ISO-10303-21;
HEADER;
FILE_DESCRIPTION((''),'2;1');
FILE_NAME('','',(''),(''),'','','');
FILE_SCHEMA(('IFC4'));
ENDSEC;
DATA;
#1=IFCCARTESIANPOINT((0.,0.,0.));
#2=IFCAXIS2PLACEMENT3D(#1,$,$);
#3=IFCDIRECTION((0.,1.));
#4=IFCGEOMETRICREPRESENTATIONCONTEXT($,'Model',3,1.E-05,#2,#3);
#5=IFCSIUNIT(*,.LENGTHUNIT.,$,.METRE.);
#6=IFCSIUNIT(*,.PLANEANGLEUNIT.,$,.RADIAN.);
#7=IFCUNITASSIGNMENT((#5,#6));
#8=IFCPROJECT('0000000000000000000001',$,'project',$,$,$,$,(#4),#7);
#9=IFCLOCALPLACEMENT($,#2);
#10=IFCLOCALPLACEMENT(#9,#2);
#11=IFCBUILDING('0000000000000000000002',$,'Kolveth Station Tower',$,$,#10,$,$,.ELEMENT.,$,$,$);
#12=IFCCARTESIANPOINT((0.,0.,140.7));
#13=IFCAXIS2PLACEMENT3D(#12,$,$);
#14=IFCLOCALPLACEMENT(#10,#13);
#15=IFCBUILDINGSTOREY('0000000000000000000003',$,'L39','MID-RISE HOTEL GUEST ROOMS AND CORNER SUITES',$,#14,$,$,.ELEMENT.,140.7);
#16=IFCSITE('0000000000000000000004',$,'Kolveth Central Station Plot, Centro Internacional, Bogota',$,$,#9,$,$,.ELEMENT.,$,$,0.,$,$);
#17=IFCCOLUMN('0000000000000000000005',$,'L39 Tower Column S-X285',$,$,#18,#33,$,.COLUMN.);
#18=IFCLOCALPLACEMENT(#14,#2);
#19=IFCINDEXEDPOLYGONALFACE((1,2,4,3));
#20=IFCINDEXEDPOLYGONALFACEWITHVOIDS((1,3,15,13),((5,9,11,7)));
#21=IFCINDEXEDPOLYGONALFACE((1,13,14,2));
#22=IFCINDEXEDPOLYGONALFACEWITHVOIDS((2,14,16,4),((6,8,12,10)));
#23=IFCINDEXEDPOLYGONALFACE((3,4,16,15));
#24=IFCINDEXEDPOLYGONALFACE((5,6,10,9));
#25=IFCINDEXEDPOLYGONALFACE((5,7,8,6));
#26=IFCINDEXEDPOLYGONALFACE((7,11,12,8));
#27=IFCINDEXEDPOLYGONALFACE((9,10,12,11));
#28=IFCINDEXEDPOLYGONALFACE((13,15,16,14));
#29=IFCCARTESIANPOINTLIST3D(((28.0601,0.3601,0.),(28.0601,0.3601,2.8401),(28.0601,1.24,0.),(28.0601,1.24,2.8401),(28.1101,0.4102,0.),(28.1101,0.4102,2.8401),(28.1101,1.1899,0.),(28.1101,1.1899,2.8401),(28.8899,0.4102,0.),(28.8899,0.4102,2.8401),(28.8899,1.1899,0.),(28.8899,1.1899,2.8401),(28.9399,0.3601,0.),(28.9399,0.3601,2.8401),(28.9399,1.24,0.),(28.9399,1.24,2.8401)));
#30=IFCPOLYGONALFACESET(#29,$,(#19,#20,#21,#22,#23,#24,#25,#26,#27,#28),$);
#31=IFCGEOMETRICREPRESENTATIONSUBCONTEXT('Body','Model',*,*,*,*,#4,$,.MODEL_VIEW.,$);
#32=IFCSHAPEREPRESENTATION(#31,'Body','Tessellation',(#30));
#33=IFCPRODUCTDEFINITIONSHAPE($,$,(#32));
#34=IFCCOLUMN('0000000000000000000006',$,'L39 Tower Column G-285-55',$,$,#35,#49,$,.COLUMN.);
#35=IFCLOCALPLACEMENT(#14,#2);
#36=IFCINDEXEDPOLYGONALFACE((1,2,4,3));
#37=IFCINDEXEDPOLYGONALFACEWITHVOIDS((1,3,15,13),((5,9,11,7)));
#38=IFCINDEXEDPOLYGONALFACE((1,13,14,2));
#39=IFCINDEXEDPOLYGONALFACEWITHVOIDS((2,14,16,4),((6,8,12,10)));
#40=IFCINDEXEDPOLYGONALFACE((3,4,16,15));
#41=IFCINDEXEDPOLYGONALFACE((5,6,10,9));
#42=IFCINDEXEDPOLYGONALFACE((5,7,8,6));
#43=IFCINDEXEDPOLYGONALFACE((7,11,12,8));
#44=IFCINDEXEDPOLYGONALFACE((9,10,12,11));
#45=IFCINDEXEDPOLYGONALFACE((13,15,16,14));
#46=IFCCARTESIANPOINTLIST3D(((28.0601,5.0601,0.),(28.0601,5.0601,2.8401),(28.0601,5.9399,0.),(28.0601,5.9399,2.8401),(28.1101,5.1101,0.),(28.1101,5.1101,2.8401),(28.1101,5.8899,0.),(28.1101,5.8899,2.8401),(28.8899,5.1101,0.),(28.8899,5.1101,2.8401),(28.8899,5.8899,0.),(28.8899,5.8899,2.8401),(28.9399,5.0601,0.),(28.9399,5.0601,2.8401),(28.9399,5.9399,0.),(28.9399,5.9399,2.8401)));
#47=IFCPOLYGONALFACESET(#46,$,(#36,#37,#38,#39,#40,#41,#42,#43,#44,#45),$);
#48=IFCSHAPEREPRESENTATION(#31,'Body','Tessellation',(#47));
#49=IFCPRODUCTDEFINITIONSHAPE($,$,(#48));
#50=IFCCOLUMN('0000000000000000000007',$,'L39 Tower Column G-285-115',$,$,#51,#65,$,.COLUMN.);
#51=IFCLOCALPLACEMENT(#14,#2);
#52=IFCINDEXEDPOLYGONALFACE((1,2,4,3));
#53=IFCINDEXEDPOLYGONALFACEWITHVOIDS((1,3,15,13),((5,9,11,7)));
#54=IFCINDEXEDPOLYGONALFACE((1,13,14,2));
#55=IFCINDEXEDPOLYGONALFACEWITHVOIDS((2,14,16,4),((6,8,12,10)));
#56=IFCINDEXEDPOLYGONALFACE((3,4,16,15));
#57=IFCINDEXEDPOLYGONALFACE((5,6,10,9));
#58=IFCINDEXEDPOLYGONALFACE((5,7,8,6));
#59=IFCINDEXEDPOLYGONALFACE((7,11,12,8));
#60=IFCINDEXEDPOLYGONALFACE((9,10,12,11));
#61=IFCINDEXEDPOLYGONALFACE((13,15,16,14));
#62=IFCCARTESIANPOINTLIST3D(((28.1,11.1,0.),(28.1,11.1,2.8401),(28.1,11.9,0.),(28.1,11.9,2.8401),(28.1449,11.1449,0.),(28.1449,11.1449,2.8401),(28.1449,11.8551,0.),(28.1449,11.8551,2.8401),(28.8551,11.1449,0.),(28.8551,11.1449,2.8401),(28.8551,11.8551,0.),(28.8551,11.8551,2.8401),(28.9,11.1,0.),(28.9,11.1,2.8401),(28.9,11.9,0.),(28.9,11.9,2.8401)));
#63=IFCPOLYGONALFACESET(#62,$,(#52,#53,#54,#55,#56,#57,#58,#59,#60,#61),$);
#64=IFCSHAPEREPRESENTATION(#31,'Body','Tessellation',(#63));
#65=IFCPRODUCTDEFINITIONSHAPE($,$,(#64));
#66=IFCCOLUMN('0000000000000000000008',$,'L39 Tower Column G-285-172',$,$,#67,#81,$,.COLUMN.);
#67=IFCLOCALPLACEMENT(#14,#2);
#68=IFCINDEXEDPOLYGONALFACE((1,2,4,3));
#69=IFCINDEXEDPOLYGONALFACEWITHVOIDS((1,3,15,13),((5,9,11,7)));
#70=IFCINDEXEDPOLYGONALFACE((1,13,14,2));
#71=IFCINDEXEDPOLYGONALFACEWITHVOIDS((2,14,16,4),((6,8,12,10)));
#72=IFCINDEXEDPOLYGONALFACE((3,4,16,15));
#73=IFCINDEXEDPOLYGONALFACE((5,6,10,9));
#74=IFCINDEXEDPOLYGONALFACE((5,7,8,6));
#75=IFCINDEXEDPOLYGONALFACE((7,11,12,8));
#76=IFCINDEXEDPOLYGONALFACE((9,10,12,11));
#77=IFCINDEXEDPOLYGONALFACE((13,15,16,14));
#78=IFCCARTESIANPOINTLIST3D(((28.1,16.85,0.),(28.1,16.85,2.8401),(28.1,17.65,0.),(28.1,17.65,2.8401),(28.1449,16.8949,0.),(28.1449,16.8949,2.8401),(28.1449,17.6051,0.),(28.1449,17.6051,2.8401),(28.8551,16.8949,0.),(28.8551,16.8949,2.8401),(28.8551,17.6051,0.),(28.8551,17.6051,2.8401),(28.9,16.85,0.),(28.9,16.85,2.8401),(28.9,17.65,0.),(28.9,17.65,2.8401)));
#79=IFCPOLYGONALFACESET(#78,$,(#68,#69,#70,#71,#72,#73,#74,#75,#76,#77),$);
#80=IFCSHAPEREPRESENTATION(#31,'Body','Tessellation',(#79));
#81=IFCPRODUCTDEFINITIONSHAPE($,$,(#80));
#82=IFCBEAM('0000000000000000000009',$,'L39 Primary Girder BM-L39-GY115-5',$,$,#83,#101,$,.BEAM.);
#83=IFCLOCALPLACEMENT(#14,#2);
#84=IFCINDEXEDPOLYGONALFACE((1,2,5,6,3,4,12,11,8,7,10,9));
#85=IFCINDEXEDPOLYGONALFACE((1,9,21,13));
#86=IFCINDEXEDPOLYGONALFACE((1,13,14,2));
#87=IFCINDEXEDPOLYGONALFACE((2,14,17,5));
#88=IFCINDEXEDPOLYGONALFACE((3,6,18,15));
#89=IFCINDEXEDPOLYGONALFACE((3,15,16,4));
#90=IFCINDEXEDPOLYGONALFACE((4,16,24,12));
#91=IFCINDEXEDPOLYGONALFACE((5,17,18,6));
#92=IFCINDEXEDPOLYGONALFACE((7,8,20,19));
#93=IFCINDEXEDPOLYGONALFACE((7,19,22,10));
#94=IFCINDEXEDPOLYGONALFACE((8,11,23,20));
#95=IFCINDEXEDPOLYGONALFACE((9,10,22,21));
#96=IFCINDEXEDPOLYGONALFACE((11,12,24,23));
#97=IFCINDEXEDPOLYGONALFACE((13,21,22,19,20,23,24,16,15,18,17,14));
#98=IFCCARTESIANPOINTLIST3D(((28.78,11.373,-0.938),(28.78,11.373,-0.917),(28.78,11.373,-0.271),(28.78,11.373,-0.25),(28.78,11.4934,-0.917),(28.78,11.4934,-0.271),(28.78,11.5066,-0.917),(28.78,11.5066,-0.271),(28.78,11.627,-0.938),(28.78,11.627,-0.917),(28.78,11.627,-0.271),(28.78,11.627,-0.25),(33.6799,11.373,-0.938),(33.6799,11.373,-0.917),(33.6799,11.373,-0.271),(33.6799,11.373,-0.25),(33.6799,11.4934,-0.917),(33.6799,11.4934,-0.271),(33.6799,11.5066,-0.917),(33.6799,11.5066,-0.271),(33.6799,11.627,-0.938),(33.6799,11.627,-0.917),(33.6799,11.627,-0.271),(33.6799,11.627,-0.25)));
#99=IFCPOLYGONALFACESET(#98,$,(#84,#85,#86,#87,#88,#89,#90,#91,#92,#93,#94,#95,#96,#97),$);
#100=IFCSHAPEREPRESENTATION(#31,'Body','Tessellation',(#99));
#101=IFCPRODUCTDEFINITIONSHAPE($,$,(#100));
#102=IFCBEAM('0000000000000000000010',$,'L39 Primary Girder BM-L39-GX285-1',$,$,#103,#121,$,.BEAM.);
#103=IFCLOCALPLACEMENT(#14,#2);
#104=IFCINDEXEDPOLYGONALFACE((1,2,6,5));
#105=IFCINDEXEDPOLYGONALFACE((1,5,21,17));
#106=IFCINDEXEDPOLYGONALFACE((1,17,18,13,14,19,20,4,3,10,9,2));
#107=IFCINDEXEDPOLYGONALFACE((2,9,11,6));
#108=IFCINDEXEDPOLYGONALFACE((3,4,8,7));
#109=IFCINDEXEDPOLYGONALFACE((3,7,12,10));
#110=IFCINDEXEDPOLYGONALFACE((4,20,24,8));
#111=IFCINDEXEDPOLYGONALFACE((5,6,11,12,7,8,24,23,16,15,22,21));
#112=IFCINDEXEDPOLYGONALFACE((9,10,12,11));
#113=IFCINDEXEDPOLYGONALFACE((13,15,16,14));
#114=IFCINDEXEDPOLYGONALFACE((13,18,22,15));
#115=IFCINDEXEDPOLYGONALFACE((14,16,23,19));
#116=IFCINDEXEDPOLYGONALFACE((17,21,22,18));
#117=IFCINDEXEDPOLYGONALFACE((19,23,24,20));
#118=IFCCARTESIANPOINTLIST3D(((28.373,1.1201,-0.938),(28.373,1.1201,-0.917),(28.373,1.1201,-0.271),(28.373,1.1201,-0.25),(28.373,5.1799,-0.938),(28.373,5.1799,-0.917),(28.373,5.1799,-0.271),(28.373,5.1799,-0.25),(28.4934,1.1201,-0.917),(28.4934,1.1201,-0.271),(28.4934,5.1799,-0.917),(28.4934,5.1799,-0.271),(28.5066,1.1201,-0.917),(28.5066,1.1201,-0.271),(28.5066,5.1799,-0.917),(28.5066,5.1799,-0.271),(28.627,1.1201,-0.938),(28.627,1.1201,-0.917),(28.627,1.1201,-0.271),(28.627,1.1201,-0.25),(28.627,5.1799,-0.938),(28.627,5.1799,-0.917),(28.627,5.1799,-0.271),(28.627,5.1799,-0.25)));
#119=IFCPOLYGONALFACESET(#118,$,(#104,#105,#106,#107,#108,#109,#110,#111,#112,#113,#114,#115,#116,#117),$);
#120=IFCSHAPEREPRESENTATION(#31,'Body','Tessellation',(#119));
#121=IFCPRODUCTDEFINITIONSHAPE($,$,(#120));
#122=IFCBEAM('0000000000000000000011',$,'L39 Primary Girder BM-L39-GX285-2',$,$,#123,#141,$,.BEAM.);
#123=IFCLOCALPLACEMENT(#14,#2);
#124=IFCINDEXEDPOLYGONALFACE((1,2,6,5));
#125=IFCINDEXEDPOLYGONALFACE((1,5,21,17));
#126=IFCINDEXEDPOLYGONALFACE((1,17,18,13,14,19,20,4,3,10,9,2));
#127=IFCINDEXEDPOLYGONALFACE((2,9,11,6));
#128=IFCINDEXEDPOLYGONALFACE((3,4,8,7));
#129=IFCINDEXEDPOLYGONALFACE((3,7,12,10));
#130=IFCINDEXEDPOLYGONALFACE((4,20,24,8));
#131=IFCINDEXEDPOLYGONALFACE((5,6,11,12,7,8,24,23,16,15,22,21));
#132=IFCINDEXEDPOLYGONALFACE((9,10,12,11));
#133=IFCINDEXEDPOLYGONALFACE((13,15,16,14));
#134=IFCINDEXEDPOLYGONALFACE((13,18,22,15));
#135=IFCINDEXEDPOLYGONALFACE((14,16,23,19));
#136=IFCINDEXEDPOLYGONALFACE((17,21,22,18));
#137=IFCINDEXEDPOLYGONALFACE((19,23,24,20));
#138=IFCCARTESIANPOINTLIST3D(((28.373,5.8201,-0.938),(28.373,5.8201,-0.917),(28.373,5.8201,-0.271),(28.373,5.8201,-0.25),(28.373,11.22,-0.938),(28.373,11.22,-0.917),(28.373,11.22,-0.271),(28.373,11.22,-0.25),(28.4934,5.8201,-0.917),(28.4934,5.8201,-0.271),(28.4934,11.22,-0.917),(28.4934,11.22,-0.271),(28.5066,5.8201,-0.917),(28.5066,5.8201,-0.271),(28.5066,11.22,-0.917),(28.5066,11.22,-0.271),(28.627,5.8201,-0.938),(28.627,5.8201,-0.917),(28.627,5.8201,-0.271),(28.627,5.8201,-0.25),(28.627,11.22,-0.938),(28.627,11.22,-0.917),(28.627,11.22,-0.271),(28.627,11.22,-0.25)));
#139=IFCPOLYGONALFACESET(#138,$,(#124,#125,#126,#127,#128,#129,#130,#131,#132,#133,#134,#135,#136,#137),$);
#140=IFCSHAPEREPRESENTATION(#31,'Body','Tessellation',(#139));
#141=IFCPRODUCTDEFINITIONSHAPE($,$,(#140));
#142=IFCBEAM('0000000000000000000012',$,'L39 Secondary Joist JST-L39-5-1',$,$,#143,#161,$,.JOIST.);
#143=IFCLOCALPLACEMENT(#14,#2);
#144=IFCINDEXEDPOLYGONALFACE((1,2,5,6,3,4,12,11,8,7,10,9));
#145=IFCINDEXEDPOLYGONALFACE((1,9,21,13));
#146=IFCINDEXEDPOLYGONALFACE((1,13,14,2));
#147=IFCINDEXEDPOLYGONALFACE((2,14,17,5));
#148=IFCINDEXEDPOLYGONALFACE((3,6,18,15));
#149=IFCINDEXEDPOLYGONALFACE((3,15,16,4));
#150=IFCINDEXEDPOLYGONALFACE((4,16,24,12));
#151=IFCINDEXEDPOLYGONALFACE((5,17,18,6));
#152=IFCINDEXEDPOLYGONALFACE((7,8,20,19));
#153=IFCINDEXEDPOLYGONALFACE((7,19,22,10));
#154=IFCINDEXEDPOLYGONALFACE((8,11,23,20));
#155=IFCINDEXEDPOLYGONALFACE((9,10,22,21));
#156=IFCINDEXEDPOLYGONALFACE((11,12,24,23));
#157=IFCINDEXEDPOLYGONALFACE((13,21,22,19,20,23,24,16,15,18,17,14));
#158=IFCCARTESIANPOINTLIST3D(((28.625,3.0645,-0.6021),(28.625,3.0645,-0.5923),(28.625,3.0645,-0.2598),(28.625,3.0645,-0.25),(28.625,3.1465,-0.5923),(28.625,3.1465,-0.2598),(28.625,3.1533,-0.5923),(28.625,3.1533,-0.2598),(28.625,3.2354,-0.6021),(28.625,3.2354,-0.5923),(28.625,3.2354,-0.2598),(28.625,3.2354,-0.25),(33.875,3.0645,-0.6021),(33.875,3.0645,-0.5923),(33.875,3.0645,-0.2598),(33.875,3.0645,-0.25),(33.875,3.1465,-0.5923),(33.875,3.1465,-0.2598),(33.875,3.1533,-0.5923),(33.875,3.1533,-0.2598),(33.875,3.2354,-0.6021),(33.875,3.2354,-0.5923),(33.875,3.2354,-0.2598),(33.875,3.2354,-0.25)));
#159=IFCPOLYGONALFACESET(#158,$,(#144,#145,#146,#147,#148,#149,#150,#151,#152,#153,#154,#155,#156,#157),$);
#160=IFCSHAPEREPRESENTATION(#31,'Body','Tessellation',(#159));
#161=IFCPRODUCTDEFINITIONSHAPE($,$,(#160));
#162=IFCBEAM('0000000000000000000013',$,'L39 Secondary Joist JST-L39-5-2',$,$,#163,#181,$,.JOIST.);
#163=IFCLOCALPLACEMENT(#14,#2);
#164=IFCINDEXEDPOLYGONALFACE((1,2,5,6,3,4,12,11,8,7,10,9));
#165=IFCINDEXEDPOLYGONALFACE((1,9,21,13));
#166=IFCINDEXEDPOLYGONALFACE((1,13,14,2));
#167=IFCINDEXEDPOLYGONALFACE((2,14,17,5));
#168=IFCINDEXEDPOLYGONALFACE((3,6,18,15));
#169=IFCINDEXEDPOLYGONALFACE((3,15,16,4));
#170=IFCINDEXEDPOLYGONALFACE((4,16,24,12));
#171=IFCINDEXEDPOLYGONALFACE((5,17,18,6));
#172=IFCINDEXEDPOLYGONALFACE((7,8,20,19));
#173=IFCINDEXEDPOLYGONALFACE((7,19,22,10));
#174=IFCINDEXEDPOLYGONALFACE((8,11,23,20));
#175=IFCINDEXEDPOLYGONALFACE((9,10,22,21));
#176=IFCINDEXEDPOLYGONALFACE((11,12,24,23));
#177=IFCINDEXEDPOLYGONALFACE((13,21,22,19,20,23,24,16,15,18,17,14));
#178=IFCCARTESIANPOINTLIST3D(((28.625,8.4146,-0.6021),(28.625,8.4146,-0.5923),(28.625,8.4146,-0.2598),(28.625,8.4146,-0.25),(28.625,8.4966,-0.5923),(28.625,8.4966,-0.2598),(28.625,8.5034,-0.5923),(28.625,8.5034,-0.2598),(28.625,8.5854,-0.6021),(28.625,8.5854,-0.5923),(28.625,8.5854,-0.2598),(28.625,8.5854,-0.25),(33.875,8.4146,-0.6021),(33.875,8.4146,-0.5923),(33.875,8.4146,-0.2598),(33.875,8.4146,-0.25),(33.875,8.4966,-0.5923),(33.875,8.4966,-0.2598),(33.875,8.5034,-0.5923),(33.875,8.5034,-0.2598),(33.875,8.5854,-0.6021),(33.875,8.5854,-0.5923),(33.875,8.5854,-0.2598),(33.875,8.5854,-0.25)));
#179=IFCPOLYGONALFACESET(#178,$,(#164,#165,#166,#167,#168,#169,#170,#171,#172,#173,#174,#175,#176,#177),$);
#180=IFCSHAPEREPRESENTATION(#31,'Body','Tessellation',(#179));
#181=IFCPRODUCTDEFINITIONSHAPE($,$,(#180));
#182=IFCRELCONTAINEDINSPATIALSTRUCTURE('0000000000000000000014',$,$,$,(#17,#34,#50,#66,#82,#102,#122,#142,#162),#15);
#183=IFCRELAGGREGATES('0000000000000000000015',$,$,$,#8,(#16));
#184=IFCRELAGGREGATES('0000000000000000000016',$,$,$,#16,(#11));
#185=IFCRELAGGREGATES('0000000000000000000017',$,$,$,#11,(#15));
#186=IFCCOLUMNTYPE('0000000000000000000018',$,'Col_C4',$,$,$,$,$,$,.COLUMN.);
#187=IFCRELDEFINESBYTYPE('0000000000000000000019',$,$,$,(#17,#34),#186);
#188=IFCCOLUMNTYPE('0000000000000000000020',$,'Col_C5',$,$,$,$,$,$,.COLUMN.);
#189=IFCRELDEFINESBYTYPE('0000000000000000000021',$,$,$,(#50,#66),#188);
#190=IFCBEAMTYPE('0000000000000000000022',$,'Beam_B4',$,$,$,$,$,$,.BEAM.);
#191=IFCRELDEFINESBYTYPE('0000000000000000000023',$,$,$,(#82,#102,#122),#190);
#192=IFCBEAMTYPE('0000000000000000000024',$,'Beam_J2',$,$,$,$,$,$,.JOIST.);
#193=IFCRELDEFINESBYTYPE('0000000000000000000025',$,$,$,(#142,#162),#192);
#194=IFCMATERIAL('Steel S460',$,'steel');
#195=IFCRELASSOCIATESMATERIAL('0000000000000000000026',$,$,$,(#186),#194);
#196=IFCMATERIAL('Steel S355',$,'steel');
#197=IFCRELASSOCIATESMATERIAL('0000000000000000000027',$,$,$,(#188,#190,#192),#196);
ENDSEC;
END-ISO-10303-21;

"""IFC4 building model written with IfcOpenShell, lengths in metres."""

from ifc_helpers import new_model, si_unit, direction, frame, origin, origin_2d, place, context, subcontext, project, spatial, hollow_rectangle, i_section, extrude, source, transform, mapped, material, material_profile, profile_set, type_object, element, save


model = new_model("IFC4")

# Units and contexts
model_context = context("Model", 3, precision=1e-05, world=origin(), true_north=direction((0.0, 1.0)))
body_context = subcontext(model_context, "Body", "Model", "MODEL_VIEW")
ifc_project = project(units=[si_unit("LENGTHUNIT", "METRE"), si_unit("PLANEANGLEUNIT", "RADIAN")], contexts=[model_context])

# Site, building, storey
site_placement = place(None, origin())
site = spatial("IfcSite", under=ifc_project, at=site_placement, Name="Kolveth Central Station Plot, Centro Internacional, Bogota", CompositionType="ELEMENT", RefElevation=0.0)
building_placement = place(site_placement, origin())
building = spatial("IfcBuilding", under=site, at=building_placement, Name="Kolveth Station Tower", CompositionType="ELEMENT")
storey_placement = place(building_placement, frame((0.0, 0.0, 140.7)))
storey = spatial("IfcBuildingStorey", under=building, at=storey_placement, Name="L39", Description="MID-RISE HOTEL GUEST ROOMS AND CORNER SUITES", CompositionType="ELEMENT", Elevation=140.7)

# Columns
ifc_material_1 = material(Name="Steel S460", Category="steel")
ifc_material_profile_1 = material_profile(ifc_material_1, hollow_rectangle(XDim=0.8799, YDim=0.8799, WallThickness=0.05, at=origin_2d()), Name="BOX880x880x50")
ifc_profile_set_1 = profile_set([ifc_material_profile_1], Name="Steel S460")
column_type_1 = type_object("IfcColumnType", Name="Col_C4", PredefinedType="COLUMN", material=ifc_profile_set_1)
shared_shape_1 = source(origin(), body_context, "Body", "SweptSolid", [
    extrude(hollow_rectangle(XDim=0.8799, YDim=0.8799, WallThickness=0.05, at=origin_2d()), origin(), (0.0, 0.0, 1.0), 2.8401),
])
for number, where, z_axis, x_axis, name in (
    (1, (28.5, 0.8, 0.0), (0.0, 0.0, 1.0), (1.0, 0.0, 0.0), "L39 Tower Column S-X285"),
    (2, (28.5, 5.5, 0.0), (0.0, 0.0, 1.0), (1.0, 0.0, 0.0), "L39 Tower Column G-285-55"),
):
    element("IfcColumn", number, at=place(storey_placement, frame(where, z_axis=z_axis, x_axis=x_axis)), inside=storey, type_object=column_type_1, Name=name, PredefinedType="COLUMN", context=body_context, shape_type="MappedRepresentation", body=[
        mapped(shared_shape_1, transform((0.0, 0.0, 0.0), x_axis=(1.0, 0.0, 0.0), y_axis=(0.0, 1.0, 0.0), z_axis=(0.0, 0.0, 1.0), scale=1.0)),
    ])
ifc_material_2 = material(Name="Steel S355", Category="steel")
ifc_material_profile_2 = material_profile(ifc_material_2, hollow_rectangle(XDim=0.8, YDim=0.8, WallThickness=0.0449, at=origin_2d()), Name="BOX800x800x45")
ifc_profile_set_2 = profile_set([ifc_material_profile_2], Name="Steel S355")
column_type_2 = type_object("IfcColumnType", Name="Col_C5", PredefinedType="COLUMN", material=ifc_profile_set_2)
shared_shape_2 = source(origin(), body_context, "Body", "SweptSolid", [
    extrude(hollow_rectangle(XDim=0.8, YDim=0.8, WallThickness=0.0449, at=origin_2d()), origin(), (0.0, 0.0, 1.0), 2.8401),
])
for number, where, z_axis, x_axis, name in (
    (3, (28.5, 11.5, 0.0), (0.0, 0.0, 1.0), (1.0, 0.0, 0.0), "L39 Tower Column G-285-115"),
    (4, (28.5, 17.25, 0.0), (0.0, 0.0, 1.0), (1.0, 0.0, 0.0), "L39 Tower Column G-285-172"),
):
    element("IfcColumn", number, at=place(storey_placement, frame(where, z_axis=z_axis, x_axis=x_axis)), inside=storey, type_object=column_type_2, Name=name, PredefinedType="COLUMN", context=body_context, shape_type="MappedRepresentation", body=[
        mapped(shared_shape_2, transform((0.0, 0.0, 0.0), x_axis=(1.0, 0.0, 0.0), y_axis=(0.0, 1.0, 0.0), z_axis=(0.0, 0.0, 1.0), scale=1.0)),
    ])

# Beams
ifc_material_profile_3 = material_profile(ifc_material_2, i_section(OverallWidth=0.2539, OverallDepth=0.688, WebThickness=0.0132, FlangeThickness=0.021, at=origin_2d()), Name="W690x152")
ifc_profile_set_3 = profile_set([ifc_material_profile_3], Name="Steel S355")
beam_type_1 = type_object("IfcBeamType", Name="Beam_B4", PredefinedType="BEAM", material=ifc_profile_set_3)
shared_shape_3 = source(origin(), body_context, "Body", "SweptSolid", [
    extrude(i_section(OverallWidth=0.2539, OverallDepth=0.688, WebThickness=0.0132, FlangeThickness=0.021, at=origin_2d()), origin(), (0.0, 0.0, 1.0), 4.8999),
])
beam_1_placement = place(storey_placement, frame((28.78, 11.5, -0.594), z_axis=(1.0, 0.0, 0.0), x_axis=(0.0, 1.0, 0.0)))
element("IfcBeam", 5, at=beam_1_placement, inside=storey, type_object=beam_type_1, Name="L39 Primary Girder BM-L39-GY115-5", PredefinedType="BEAM", context=body_context, shape_type="MappedRepresentation", body=[
    mapped(shared_shape_3, transform((0.0, 0.0, 0.0), x_axis=(1.0, 0.0, 0.0), y_axis=(0.0, 1.0, 0.0), z_axis=(0.0, 0.0, 1.0), scale=1.0)),
])
shared_shape_4 = source(origin(), body_context, "Body", "SweptSolid", [
    extrude(i_section(OverallWidth=0.2539, OverallDepth=0.688, WebThickness=0.0132, FlangeThickness=0.021, at=origin_2d()), origin(), (0.0, 0.0, 1.0), 4.0598),
])
beam_2_placement = place(storey_placement, frame((28.5, 1.1201, -0.594), z_axis=(0.0, 1.0, 0.0), x_axis=(-1.0, 0.0, 0.0)))
element("IfcBeam", 6, at=beam_2_placement, inside=storey, type_object=beam_type_1, Name="L39 Primary Girder BM-L39-GX285-1", PredefinedType="BEAM", context=body_context, shape_type="MappedRepresentation", body=[
    mapped(shared_shape_4, transform((0.0, 0.0, 0.0), x_axis=(1.0, 0.0, 0.0), y_axis=(0.0, 1.0, 0.0), z_axis=(0.0, 0.0, 1.0), scale=1.0)),
])
shared_shape_5 = source(origin(), body_context, "Body", "SweptSolid", [
    extrude(i_section(OverallWidth=0.2539, OverallDepth=0.688, WebThickness=0.0132, FlangeThickness=0.021, at=origin_2d()), origin(), (0.0, 0.0, 1.0), 5.3999),
])
beam_3_placement = place(storey_placement, frame((28.5, 5.8201, -0.594), z_axis=(0.0, 1.0, 0.0), x_axis=(-1.0, 0.0, 0.0)))
element("IfcBeam", 7, at=beam_3_placement, inside=storey, type_object=beam_type_1, Name="L39 Primary Girder BM-L39-GX285-2", PredefinedType="BEAM", context=body_context, shape_type="MappedRepresentation", body=[
    mapped(shared_shape_5, transform((0.0, 0.0, 0.0), x_axis=(1.0, 0.0, 0.0), y_axis=(0.0, 1.0, 0.0), z_axis=(0.0, 0.0, 1.0), scale=1.0)),
])
ifc_material_profile_4 = material_profile(ifc_material_2, i_section(OverallWidth=0.1709, OverallDepth=0.3521, WebThickness=0.0068, FlangeThickness=0.0098, at=origin_2d()), Name="W360x44")
ifc_profile_set_4 = profile_set([ifc_material_profile_4], Name="Steel S355")
beam_type_2 = type_object("IfcBeamType", Name="Beam_J2", PredefinedType="JOIST", material=ifc_profile_set_4)
shared_shape_6 = source(origin(), body_context, "Body", "SweptSolid", [
    extrude(i_section(OverallWidth=0.1709, OverallDepth=0.3521, WebThickness=0.0068, FlangeThickness=0.0098, at=origin_2d()), origin(), (0.0, 0.0, 1.0), 5.25),
])
for number, where, z_axis, x_axis, name in (
    (8, (28.625, 3.1499, -0.426), (1.0, 0.0, 0.0), (0.0, 1.0, 0.0), "L39 Secondary Joist JST-L39-5-1"),
    (9, (28.625, 8.5, -0.426), (1.0, 0.0, 0.0), (0.0, 1.0, 0.0), "L39 Secondary Joist JST-L39-5-2"),
):
    element("IfcBeam", number, at=place(storey_placement, frame(where, z_axis=z_axis, x_axis=x_axis)), inside=storey, type_object=beam_type_2, Name=name, PredefinedType="JOIST", context=body_context, shape_type="MappedRepresentation", body=[
        mapped(shared_shape_6, transform((0.0, 0.0, 0.0), x_axis=(1.0, 0.0, 0.0), y_axis=(0.0, 1.0, 0.0), z_axis=(0.0, 0.0, 1.0), scale=1.0)),
    ])

save(model, "model.ifc")
